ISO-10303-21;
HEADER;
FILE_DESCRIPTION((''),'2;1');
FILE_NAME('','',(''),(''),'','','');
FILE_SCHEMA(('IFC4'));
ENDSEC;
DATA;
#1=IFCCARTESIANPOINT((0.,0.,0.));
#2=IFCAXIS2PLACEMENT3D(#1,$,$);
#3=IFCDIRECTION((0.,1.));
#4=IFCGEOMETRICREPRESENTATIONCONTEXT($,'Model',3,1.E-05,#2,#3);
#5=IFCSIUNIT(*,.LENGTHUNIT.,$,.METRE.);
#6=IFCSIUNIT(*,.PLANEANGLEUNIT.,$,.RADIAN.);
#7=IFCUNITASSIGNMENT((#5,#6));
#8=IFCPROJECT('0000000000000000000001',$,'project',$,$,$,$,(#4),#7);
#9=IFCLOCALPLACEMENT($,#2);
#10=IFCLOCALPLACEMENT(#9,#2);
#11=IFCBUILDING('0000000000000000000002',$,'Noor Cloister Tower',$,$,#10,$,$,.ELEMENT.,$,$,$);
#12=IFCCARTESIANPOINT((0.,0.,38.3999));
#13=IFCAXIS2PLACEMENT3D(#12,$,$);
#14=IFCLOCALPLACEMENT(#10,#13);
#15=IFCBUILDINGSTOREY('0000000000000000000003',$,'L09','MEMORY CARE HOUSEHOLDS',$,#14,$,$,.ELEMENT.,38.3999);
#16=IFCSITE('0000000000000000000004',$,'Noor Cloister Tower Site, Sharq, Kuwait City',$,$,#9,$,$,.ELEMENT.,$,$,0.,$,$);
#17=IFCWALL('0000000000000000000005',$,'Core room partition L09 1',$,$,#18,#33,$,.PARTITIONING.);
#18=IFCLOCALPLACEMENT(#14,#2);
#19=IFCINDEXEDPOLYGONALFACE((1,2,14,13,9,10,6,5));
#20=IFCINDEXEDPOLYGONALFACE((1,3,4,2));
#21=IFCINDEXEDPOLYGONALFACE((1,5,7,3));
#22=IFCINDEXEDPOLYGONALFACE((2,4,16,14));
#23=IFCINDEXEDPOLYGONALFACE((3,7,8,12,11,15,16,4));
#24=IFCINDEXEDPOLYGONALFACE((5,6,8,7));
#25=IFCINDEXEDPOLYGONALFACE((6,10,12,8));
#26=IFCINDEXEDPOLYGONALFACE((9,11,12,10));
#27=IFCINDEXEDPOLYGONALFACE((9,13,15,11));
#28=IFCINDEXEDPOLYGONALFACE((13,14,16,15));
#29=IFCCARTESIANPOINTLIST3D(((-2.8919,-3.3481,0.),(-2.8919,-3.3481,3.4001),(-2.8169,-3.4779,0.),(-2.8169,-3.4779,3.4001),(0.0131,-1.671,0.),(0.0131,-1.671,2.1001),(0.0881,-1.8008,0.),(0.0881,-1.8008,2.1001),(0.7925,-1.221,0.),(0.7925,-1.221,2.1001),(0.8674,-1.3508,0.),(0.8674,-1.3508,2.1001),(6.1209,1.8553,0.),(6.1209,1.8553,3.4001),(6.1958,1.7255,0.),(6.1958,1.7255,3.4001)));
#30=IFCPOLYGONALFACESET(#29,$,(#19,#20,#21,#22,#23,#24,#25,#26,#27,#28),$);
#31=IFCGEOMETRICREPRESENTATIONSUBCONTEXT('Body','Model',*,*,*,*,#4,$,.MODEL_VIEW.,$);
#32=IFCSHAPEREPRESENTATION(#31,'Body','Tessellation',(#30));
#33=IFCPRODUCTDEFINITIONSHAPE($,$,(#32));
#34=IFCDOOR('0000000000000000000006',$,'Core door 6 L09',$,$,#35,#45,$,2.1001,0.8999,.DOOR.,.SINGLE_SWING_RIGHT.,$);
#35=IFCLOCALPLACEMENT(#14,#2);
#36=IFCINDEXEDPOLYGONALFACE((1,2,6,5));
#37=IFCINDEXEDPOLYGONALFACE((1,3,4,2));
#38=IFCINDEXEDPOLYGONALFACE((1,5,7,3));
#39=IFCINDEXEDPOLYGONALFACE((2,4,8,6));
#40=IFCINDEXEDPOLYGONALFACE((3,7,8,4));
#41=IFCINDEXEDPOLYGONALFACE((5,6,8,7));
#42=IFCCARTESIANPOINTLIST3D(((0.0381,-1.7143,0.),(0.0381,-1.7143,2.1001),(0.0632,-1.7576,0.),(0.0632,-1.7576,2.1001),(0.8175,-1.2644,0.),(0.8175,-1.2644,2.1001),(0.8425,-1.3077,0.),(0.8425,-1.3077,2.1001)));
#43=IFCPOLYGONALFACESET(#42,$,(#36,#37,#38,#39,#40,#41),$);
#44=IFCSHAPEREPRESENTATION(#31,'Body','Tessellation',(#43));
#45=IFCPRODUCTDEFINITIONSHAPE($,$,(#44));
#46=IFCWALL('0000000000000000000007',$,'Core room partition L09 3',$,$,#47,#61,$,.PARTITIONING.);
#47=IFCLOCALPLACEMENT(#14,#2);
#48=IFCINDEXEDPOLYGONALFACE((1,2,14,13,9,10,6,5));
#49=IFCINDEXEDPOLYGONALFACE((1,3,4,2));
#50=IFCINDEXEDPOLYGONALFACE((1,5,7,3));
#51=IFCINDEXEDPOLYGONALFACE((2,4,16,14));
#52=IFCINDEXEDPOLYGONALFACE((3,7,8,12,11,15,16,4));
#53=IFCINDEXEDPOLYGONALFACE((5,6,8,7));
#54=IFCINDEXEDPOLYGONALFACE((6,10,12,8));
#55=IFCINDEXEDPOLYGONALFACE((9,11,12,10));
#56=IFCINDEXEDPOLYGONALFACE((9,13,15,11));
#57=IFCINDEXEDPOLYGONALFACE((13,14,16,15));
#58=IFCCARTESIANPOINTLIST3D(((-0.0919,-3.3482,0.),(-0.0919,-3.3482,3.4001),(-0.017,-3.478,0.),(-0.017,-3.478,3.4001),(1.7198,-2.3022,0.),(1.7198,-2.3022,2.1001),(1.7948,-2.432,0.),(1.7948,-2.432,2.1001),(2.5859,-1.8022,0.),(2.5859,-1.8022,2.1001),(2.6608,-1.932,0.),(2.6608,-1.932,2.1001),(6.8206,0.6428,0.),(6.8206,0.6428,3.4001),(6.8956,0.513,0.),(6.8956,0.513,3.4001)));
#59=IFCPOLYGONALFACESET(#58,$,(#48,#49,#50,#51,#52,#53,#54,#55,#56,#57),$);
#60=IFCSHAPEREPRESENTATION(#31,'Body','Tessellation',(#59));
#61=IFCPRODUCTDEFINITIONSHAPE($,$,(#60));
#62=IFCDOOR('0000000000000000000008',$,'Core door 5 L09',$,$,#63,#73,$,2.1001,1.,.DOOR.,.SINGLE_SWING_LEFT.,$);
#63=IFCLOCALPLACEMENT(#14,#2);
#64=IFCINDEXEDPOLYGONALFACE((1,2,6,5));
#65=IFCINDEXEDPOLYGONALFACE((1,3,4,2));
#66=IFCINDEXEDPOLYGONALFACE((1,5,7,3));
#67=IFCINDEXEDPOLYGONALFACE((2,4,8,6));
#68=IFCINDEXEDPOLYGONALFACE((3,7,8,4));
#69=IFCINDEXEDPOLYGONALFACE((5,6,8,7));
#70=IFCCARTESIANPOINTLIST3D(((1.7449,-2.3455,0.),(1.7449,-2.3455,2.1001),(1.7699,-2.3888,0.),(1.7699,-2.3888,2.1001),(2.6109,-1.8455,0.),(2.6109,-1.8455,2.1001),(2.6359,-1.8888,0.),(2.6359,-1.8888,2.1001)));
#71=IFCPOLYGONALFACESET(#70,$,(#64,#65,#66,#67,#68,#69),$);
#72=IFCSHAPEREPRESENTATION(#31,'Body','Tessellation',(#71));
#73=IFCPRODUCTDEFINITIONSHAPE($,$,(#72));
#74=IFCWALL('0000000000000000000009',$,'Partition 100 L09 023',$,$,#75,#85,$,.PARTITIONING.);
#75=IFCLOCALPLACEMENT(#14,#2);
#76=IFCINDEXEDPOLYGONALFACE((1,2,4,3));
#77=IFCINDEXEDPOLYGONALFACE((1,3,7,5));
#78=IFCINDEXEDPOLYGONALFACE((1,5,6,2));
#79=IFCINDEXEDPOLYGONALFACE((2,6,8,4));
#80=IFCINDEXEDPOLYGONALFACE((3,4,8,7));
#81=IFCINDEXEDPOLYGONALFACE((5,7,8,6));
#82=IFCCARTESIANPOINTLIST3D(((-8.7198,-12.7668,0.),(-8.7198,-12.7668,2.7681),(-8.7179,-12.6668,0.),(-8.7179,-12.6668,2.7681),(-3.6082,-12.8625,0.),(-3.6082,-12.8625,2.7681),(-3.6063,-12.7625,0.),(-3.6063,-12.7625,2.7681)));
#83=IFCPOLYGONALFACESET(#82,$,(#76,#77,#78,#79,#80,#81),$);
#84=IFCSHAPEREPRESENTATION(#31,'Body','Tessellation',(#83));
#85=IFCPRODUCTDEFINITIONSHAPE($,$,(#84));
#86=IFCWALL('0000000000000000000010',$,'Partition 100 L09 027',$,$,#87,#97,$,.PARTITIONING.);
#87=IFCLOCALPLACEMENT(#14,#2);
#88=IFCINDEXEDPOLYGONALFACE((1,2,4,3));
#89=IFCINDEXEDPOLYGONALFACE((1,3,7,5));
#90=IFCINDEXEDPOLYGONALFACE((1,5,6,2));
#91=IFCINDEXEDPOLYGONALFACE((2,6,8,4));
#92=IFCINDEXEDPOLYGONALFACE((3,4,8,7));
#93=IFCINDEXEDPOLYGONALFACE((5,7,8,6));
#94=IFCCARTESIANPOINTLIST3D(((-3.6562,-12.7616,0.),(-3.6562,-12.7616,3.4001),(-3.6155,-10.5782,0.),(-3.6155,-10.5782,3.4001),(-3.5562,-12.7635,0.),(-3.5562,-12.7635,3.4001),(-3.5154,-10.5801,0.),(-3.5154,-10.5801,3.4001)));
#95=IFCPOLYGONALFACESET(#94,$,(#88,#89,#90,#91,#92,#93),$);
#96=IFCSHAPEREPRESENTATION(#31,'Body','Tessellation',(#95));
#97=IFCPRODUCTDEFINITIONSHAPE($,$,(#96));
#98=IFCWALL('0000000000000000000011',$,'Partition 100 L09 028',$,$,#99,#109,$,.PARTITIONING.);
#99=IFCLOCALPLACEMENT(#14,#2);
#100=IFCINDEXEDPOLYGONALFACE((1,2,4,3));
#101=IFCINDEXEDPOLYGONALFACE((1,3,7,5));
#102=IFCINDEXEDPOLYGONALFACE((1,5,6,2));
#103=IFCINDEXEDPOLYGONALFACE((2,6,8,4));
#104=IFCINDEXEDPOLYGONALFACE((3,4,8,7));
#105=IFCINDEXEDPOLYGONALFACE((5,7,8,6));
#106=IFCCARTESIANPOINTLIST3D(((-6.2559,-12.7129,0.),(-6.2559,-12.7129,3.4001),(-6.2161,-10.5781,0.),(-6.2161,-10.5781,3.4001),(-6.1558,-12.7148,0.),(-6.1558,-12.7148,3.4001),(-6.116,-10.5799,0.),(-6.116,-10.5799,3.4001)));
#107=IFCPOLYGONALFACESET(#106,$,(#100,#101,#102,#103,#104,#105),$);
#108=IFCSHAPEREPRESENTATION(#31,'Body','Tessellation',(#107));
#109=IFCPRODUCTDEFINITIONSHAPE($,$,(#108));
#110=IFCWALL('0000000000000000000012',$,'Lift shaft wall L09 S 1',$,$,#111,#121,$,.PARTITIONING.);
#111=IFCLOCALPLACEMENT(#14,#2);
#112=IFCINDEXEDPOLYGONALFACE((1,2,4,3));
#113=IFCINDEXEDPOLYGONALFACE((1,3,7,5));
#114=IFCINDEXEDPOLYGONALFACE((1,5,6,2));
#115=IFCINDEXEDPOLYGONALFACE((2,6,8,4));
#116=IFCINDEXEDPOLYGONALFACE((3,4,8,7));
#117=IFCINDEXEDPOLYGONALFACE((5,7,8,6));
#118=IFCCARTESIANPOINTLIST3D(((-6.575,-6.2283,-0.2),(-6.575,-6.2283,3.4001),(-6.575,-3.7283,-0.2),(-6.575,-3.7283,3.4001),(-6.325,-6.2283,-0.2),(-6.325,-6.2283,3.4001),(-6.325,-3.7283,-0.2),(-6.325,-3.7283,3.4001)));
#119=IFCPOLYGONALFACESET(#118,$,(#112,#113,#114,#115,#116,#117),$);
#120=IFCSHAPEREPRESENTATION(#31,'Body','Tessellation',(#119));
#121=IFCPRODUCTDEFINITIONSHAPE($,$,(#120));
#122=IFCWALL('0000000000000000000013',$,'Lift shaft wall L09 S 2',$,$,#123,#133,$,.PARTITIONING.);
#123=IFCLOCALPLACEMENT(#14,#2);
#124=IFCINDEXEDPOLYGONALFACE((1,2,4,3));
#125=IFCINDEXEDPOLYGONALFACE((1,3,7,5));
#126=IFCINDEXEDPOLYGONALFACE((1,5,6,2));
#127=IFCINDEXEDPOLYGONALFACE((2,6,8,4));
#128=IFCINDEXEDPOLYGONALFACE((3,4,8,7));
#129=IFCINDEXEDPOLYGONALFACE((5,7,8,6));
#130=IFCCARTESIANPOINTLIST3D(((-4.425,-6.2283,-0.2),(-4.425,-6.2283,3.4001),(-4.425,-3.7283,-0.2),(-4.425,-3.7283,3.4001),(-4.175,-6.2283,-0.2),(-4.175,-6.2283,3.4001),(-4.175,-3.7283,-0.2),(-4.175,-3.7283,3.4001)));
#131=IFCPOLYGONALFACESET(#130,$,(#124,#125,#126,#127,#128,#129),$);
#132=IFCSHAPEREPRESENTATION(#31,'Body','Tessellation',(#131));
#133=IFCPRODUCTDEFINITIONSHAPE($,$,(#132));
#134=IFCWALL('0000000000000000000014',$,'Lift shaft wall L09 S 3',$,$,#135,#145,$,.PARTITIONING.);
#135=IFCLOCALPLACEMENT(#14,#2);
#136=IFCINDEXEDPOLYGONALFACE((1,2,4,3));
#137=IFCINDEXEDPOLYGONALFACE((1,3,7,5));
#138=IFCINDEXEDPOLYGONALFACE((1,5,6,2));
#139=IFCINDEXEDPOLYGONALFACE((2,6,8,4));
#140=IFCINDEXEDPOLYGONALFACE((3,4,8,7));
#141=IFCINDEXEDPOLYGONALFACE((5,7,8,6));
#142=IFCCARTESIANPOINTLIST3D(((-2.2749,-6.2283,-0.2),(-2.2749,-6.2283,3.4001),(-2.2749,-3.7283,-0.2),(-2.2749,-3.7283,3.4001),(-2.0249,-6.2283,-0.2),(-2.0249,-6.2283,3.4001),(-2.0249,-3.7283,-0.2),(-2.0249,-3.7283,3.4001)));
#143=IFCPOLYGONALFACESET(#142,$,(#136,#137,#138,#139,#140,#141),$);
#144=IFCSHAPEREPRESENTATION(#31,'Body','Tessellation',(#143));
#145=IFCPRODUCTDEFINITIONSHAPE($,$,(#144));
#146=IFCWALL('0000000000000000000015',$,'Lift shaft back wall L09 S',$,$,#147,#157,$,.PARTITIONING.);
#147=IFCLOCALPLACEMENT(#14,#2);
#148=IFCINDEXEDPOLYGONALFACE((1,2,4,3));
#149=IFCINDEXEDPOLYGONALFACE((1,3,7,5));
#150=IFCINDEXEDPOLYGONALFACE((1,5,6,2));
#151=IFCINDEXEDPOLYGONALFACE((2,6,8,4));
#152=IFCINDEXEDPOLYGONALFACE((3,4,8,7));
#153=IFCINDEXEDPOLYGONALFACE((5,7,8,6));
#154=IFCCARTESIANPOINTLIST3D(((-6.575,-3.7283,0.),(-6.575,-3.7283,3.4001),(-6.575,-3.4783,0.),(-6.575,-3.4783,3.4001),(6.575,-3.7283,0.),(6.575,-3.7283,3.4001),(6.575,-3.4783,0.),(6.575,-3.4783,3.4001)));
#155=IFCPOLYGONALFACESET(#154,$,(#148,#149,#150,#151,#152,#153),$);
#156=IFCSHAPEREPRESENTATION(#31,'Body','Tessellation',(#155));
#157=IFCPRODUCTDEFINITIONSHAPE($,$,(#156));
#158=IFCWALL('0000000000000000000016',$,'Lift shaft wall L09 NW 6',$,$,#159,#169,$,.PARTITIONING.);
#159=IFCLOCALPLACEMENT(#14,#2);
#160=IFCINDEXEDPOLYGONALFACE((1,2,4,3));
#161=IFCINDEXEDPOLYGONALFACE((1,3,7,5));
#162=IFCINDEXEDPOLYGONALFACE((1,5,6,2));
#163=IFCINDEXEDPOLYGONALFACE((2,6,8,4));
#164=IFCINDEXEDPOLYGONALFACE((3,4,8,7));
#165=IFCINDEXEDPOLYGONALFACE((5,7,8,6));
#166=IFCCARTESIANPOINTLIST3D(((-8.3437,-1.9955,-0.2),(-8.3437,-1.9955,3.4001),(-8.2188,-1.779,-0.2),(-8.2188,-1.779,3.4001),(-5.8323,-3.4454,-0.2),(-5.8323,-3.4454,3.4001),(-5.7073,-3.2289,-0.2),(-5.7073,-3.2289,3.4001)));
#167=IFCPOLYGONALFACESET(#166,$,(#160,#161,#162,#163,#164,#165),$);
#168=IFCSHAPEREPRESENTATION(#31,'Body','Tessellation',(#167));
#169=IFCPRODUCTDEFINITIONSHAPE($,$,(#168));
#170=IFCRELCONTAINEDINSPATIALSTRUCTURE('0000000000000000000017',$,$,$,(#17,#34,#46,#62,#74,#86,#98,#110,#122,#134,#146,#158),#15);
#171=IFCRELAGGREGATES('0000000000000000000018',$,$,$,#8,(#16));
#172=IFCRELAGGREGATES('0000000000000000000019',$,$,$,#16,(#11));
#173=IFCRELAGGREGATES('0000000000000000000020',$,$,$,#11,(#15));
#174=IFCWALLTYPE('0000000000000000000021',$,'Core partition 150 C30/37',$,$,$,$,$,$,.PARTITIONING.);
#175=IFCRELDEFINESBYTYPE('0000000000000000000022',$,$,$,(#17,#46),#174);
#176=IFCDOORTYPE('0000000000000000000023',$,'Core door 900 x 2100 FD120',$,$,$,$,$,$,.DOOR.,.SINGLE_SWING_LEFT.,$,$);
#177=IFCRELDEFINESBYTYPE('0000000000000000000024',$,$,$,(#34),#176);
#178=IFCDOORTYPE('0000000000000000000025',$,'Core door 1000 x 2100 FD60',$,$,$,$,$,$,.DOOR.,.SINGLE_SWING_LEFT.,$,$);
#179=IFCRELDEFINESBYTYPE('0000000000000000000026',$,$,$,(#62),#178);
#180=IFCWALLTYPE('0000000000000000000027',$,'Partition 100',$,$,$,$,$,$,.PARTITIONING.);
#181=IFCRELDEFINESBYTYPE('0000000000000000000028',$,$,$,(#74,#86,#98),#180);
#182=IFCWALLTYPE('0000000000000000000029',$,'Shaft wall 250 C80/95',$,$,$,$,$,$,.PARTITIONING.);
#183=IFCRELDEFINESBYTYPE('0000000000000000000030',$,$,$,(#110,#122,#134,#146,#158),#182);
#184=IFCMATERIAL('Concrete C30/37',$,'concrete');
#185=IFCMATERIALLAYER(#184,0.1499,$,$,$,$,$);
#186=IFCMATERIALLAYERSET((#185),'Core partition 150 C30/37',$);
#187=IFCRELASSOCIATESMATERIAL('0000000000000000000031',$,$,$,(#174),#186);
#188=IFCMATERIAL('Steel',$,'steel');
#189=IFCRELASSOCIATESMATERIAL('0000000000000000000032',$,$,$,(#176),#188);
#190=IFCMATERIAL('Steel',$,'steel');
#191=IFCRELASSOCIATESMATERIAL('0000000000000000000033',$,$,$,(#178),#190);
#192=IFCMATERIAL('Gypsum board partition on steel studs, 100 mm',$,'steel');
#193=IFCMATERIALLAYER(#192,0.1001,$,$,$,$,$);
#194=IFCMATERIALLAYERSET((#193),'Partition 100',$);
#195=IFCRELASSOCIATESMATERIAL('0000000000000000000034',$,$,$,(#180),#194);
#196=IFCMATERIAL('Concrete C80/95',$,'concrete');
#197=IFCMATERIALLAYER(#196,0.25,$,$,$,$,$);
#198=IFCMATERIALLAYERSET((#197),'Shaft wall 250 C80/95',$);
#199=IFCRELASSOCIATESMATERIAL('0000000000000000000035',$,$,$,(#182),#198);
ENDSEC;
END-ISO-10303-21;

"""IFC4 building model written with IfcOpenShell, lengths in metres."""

from ifc_helpers import new_model, si_unit, direction, frame, frame_2d, origin, place, context, subcontext, project, spatial, rectangle, extrude, material, layer, layer_set, type_object, element, fill, save


model = new_model("IFC4")

# Units and contexts
model_context = context("Model", 3, precision=1e-05, world=origin(), true_north=direction((0.0, 1.0)))
body_context = subcontext(model_context, "Body", "Model", "MODEL_VIEW")
ifc_project = project(units=[si_unit("LENGTHUNIT", "METRE"), si_unit("PLANEANGLEUNIT", "RADIAN")], contexts=[model_context])

# Site, building, storey
site_placement = place(None, origin())
site = spatial("IfcSite", under=ifc_project, at=site_placement, Name="Noor Cloister Tower Site, Sharq, Kuwait City", CompositionType="ELEMENT", RefElevation=0.0)
building_placement = place(site_placement, origin())
building = spatial("IfcBuilding", under=site, at=building_placement, Name="Noor Cloister Tower", CompositionType="ELEMENT")
storey_placement = place(building_placement, frame((0.0, 0.0, 38.3999)))
storey = spatial("IfcBuildingStorey", under=building, at=storey_placement, Name="L09", Description="MEMORY CARE HOUSEHOLDS", CompositionType="ELEMENT", Elevation=38.3999)

# Walls, openings, doors
ifc_material_1 = material(Name="Concrete C30/37", Category="concrete")
ifc_layer_1 = layer(ifc_material_1, 0.1499)
ifc_layer_set_1 = layer_set([ifc_layer_1], Name="Core partition 150 C30/37")
wall_type_1 = type_object("IfcWallType", Name="Core partition 150 C30/37", PredefinedType="PARTITIONING", material=ifc_layer_set_1)
wall_1_placement = place(storey_placement, frame((-2.8545, -3.4131, 0.0), z_axis=(0.0, 0.0, 1.0), x_axis=(0.86603, 0.499992, 0.0)))
wall_1 = element("IfcWall", 1, at=wall_1_placement, inside=storey, type_object=wall_type_1, Name="Core room partition L09 1", PredefinedType="PARTITIONING", context=body_context, shape_type="SweptSolid", body=[
    extrude(rectangle(XDim=10.407, YDim=0.1499, at=frame_2d((5.2036, 0.0))), origin(), (0.0, 0.0, 1.0), 3.4001),
])
opening_1_placement = place(wall_1_placement, frame((3.3545, 0.0, 0.0)))
opening_1 = element("IfcOpeningElement", 2, at=opening_1_placement, cuts=wall_1, PredefinedType="OPENING", context=body_context, shape_type="SweptSolid", body=[
    extrude(rectangle(XDim=0.8999, YDim=2.1001, at=frame_2d((0.45, 1.05))), frame((0.0, 0.085, 0.0), z_axis=(0.0, -1.0, 0.0), x_axis=(1.0, 0.0, 0.0)), (0.0, 0.0, 1.0), 0.1699),
])
ifc_material_2 = material(Name="Steel", Category="steel")
door_type_1 = type_object("IfcDoorType", Name="Core door 900 x 2100 FD120", OperationType="SINGLE_SWING_LEFT", PredefinedType="DOOR", material=ifc_material_2)
door_1_placement = place(opening_1_placement, origin())
door_1 = element("IfcDoor", 3, at=door_1_placement, inside=storey, type_object=door_type_1, Name="Core door 6 L09", OperationType="SINGLE_SWING_RIGHT", OverallHeight=2.1001, OverallWidth=0.8999, PredefinedType="DOOR", context=body_context, shape_type="SweptSolid", body=[
    extrude(rectangle(XDim=0.8999, YDim=2.1001, at=frame_2d((0.45, 1.05))), frame((0.0, 0.0249, 0.0), z_axis=(0.0, -1.0, 0.0), x_axis=(1.0, 0.0, 0.0)), (0.0, 0.0, 1.0), 0.05),
])
fill(opening_1, door_1)
wall_2_placement = place(storey_placement, frame((-0.0544, -3.4131, 0.0), z_axis=(0.0, 0.0, 1.0), x_axis=(0.866027, 0.499998, 0.0)))
wall_2 = element("IfcWall", 4, at=wall_2_placement, inside=storey, type_object=wall_type_1, Name="Core room partition L09 3", PredefinedType="PARTITIONING", context=body_context, shape_type="SweptSolid", body=[
    extrude(rectangle(XDim=7.9819, YDim=0.1499, at=frame_2d((3.991, 0.0))), origin(), (0.0, 0.0, 1.0), 3.4001),
])
opening_2_placement = place(wall_2_placement, frame((2.092, 0.0, 0.0)))
opening_2 = element("IfcOpeningElement", 5, at=opening_2_placement, cuts=wall_2, PredefinedType="OPENING", context=body_context, shape_type="SweptSolid", body=[
    extrude(rectangle(XDim=1.0, YDim=2.1001, at=frame_2d((0.5, 1.05))), frame((0.0, 0.085, 0.0), z_axis=(0.0, -1.0, 0.0), x_axis=(1.0, 0.0, 0.0)), (0.0, 0.0, 1.0), 0.1699),
])
ifc_material_3 = material(Name="Steel", Category="steel")
door_type_2 = type_object("IfcDoorType", Name="Core door 1000 x 2100 FD60", OperationType="SINGLE_SWING_LEFT", PredefinedType="DOOR", material=ifc_material_3)
door_2_placement = place(opening_2_placement, origin())
door_2 = element("IfcDoor", 6, at=door_2_placement, inside=storey, type_object=door_type_2, Name="Core door 5 L09", OperationType="SINGLE_SWING_LEFT", OverallHeight=2.1001, OverallWidth=1.0, PredefinedType="DOOR", context=body_context, shape_type="SweptSolid", body=[
    extrude(rectangle(XDim=1.0, YDim=2.1001, at=frame_2d((0.5, 1.05))), frame((0.0, 0.0249, 0.0), z_axis=(0.0, -1.0, 0.0), x_axis=(1.0, 0.0, 0.0)), (0.0, 0.0, 1.0), 0.05),
])
fill(opening_2, door_2)

# Walls
ifc_material_4 = material(Name="Gypsum board partition on steel studs, 100 mm", Category="steel")
ifc_layer_2 = layer(ifc_material_4, 0.1001)
ifc_layer_set_2 = layer_set([ifc_layer_2], Name="Partition 100")
wall_type_2 = type_object("IfcWallType", Name="Partition 100", PredefinedType="PARTITIONING", material=ifc_layer_set_2)
wall_3_placement = place(storey_placement, frame((-8.7188, -12.7168, 0.0), z_axis=(0.0, 0.0, 1.0), x_axis=(0.999825, -0.01872, 0.0)))
element("IfcWall", 7, at=wall_3_placement, inside=storey, type_object=wall_type_2, Name="Partition 100 L09 023", PredefinedType="PARTITIONING", context=body_context, shape_type="SweptSolid", body=[
    extrude(rectangle(XDim=5.1125, YDim=0.1001, at=frame_2d((2.5562, 0.0))), origin(), (0.0, 0.0, 1.0), 2.7681),
])
wall_4_placement = place(storey_placement, frame((-3.6062, -12.7625, 0.0), z_axis=(0.0, 0.0, 1.0), x_axis=(0.018671, 0.999826, 0.0)))
element("IfcWall", 8, at=wall_4_placement, inside=storey, type_object=wall_type_2, Name="Partition 100 L09 027", PredefinedType="PARTITIONING", context=body_context, shape_type="SweptSolid", body=[
    extrude(rectangle(XDim=2.1838, YDim=0.1001, at=frame_2d((1.0918, 0.0))), origin(), (0.0, 0.0, 1.0), 3.4001),
])
wall_5_placement = place(storey_placement, frame((-6.2058, -12.7139, 0.0), z_axis=(0.0, 0.0, 1.0), x_axis=(0.018638, 0.999826, 0.0)))
element("IfcWall", 9, at=wall_5_placement, inside=storey, type_object=wall_type_2, Name="Partition 100 L09 028", PredefinedType="PARTITIONING", context=body_context, shape_type="SweptSolid", body=[
    extrude(rectangle(XDim=2.1353, YDim=0.1001, at=frame_2d((1.0676, 0.0))), origin(), (0.0, 0.0, 1.0), 3.4001),
])
ifc_material_5 = material(Name="Concrete C80/95", Category="concrete")
ifc_layer_3 = layer(ifc_material_5, 0.25)
ifc_layer_set_3 = layer_set([ifc_layer_3], Name="Shaft wall 250 C80/95")
wall_type_3 = type_object("IfcWallType", Name="Shaft wall 250 C80/95", PredefinedType="PARTITIONING", material=ifc_layer_set_3)
for number, where, z_axis, x_axis, name in (
    (10, (-6.45, -6.2283, -0.2), (0.0, 0.0, 1.0), (0.0, 1.0, 0.0), "Lift shaft wall L09 S 1"),
    (11, (-4.3, -6.2283, -0.2), (0.0, 0.0, 1.0), (0.0, 1.0, 0.0), "Lift shaft wall L09 S 2"),
    (12, (-2.1499, -6.2283, -0.2), (0.0, 0.0, 1.0), (0.0, 1.0, 0.0), "Lift shaft wall L09 S 3"),
):
    element("IfcWall", number, at=place(storey_placement, frame(where, z_axis=z_axis, x_axis=x_axis)), inside=storey, type_object=wall_type_3, Name=name, PredefinedType="PARTITIONING", context=body_context, shape_type="SweptSolid", body=[
        extrude(rectangle(XDim=2.5, YDim=0.25, at=frame_2d((1.25, 0.0))), origin(), (0.0, 0.0, 1.0), 3.6001),
    ])
wall_6_placement = place(storey_placement, frame((-6.575, -3.6033, 0.0), z_axis=(0.0, 0.0, 1.0), x_axis=(1.0, 0.0, 0.0)))
element("IfcWall", 13, at=wall_6_placement, inside=storey, type_object=wall_type_3, Name="Lift shaft back wall L09 S", PredefinedType="PARTITIONING", context=body_context, shape_type="SweptSolid", body=[
    extrude(rectangle(XDim=13.1499, YDim=0.25, at=frame_2d((6.575, 0.0))), origin(), (0.0, 0.0, 1.0), 3.4001),
])
wall_7_placement = place(storey_placement, frame((-8.2812, -1.8872, -0.2), z_axis=(0.0, 0.0, 1.0), x_axis=(0.866033, -0.499987, 0.0)))
element("IfcWall", 14, at=wall_7_placement, inside=storey, type_object=wall_type_3, Name="Lift shaft wall L09 NW 6", PredefinedType="PARTITIONING", context=body_context, shape_type="SweptSolid", body=[
    extrude(rectangle(XDim=2.8999, YDim=0.25, at=frame_2d((1.45, 0.0))), origin(), (0.0, 0.0, 1.0), 3.6001),
])

save(model, "model.ifc")
